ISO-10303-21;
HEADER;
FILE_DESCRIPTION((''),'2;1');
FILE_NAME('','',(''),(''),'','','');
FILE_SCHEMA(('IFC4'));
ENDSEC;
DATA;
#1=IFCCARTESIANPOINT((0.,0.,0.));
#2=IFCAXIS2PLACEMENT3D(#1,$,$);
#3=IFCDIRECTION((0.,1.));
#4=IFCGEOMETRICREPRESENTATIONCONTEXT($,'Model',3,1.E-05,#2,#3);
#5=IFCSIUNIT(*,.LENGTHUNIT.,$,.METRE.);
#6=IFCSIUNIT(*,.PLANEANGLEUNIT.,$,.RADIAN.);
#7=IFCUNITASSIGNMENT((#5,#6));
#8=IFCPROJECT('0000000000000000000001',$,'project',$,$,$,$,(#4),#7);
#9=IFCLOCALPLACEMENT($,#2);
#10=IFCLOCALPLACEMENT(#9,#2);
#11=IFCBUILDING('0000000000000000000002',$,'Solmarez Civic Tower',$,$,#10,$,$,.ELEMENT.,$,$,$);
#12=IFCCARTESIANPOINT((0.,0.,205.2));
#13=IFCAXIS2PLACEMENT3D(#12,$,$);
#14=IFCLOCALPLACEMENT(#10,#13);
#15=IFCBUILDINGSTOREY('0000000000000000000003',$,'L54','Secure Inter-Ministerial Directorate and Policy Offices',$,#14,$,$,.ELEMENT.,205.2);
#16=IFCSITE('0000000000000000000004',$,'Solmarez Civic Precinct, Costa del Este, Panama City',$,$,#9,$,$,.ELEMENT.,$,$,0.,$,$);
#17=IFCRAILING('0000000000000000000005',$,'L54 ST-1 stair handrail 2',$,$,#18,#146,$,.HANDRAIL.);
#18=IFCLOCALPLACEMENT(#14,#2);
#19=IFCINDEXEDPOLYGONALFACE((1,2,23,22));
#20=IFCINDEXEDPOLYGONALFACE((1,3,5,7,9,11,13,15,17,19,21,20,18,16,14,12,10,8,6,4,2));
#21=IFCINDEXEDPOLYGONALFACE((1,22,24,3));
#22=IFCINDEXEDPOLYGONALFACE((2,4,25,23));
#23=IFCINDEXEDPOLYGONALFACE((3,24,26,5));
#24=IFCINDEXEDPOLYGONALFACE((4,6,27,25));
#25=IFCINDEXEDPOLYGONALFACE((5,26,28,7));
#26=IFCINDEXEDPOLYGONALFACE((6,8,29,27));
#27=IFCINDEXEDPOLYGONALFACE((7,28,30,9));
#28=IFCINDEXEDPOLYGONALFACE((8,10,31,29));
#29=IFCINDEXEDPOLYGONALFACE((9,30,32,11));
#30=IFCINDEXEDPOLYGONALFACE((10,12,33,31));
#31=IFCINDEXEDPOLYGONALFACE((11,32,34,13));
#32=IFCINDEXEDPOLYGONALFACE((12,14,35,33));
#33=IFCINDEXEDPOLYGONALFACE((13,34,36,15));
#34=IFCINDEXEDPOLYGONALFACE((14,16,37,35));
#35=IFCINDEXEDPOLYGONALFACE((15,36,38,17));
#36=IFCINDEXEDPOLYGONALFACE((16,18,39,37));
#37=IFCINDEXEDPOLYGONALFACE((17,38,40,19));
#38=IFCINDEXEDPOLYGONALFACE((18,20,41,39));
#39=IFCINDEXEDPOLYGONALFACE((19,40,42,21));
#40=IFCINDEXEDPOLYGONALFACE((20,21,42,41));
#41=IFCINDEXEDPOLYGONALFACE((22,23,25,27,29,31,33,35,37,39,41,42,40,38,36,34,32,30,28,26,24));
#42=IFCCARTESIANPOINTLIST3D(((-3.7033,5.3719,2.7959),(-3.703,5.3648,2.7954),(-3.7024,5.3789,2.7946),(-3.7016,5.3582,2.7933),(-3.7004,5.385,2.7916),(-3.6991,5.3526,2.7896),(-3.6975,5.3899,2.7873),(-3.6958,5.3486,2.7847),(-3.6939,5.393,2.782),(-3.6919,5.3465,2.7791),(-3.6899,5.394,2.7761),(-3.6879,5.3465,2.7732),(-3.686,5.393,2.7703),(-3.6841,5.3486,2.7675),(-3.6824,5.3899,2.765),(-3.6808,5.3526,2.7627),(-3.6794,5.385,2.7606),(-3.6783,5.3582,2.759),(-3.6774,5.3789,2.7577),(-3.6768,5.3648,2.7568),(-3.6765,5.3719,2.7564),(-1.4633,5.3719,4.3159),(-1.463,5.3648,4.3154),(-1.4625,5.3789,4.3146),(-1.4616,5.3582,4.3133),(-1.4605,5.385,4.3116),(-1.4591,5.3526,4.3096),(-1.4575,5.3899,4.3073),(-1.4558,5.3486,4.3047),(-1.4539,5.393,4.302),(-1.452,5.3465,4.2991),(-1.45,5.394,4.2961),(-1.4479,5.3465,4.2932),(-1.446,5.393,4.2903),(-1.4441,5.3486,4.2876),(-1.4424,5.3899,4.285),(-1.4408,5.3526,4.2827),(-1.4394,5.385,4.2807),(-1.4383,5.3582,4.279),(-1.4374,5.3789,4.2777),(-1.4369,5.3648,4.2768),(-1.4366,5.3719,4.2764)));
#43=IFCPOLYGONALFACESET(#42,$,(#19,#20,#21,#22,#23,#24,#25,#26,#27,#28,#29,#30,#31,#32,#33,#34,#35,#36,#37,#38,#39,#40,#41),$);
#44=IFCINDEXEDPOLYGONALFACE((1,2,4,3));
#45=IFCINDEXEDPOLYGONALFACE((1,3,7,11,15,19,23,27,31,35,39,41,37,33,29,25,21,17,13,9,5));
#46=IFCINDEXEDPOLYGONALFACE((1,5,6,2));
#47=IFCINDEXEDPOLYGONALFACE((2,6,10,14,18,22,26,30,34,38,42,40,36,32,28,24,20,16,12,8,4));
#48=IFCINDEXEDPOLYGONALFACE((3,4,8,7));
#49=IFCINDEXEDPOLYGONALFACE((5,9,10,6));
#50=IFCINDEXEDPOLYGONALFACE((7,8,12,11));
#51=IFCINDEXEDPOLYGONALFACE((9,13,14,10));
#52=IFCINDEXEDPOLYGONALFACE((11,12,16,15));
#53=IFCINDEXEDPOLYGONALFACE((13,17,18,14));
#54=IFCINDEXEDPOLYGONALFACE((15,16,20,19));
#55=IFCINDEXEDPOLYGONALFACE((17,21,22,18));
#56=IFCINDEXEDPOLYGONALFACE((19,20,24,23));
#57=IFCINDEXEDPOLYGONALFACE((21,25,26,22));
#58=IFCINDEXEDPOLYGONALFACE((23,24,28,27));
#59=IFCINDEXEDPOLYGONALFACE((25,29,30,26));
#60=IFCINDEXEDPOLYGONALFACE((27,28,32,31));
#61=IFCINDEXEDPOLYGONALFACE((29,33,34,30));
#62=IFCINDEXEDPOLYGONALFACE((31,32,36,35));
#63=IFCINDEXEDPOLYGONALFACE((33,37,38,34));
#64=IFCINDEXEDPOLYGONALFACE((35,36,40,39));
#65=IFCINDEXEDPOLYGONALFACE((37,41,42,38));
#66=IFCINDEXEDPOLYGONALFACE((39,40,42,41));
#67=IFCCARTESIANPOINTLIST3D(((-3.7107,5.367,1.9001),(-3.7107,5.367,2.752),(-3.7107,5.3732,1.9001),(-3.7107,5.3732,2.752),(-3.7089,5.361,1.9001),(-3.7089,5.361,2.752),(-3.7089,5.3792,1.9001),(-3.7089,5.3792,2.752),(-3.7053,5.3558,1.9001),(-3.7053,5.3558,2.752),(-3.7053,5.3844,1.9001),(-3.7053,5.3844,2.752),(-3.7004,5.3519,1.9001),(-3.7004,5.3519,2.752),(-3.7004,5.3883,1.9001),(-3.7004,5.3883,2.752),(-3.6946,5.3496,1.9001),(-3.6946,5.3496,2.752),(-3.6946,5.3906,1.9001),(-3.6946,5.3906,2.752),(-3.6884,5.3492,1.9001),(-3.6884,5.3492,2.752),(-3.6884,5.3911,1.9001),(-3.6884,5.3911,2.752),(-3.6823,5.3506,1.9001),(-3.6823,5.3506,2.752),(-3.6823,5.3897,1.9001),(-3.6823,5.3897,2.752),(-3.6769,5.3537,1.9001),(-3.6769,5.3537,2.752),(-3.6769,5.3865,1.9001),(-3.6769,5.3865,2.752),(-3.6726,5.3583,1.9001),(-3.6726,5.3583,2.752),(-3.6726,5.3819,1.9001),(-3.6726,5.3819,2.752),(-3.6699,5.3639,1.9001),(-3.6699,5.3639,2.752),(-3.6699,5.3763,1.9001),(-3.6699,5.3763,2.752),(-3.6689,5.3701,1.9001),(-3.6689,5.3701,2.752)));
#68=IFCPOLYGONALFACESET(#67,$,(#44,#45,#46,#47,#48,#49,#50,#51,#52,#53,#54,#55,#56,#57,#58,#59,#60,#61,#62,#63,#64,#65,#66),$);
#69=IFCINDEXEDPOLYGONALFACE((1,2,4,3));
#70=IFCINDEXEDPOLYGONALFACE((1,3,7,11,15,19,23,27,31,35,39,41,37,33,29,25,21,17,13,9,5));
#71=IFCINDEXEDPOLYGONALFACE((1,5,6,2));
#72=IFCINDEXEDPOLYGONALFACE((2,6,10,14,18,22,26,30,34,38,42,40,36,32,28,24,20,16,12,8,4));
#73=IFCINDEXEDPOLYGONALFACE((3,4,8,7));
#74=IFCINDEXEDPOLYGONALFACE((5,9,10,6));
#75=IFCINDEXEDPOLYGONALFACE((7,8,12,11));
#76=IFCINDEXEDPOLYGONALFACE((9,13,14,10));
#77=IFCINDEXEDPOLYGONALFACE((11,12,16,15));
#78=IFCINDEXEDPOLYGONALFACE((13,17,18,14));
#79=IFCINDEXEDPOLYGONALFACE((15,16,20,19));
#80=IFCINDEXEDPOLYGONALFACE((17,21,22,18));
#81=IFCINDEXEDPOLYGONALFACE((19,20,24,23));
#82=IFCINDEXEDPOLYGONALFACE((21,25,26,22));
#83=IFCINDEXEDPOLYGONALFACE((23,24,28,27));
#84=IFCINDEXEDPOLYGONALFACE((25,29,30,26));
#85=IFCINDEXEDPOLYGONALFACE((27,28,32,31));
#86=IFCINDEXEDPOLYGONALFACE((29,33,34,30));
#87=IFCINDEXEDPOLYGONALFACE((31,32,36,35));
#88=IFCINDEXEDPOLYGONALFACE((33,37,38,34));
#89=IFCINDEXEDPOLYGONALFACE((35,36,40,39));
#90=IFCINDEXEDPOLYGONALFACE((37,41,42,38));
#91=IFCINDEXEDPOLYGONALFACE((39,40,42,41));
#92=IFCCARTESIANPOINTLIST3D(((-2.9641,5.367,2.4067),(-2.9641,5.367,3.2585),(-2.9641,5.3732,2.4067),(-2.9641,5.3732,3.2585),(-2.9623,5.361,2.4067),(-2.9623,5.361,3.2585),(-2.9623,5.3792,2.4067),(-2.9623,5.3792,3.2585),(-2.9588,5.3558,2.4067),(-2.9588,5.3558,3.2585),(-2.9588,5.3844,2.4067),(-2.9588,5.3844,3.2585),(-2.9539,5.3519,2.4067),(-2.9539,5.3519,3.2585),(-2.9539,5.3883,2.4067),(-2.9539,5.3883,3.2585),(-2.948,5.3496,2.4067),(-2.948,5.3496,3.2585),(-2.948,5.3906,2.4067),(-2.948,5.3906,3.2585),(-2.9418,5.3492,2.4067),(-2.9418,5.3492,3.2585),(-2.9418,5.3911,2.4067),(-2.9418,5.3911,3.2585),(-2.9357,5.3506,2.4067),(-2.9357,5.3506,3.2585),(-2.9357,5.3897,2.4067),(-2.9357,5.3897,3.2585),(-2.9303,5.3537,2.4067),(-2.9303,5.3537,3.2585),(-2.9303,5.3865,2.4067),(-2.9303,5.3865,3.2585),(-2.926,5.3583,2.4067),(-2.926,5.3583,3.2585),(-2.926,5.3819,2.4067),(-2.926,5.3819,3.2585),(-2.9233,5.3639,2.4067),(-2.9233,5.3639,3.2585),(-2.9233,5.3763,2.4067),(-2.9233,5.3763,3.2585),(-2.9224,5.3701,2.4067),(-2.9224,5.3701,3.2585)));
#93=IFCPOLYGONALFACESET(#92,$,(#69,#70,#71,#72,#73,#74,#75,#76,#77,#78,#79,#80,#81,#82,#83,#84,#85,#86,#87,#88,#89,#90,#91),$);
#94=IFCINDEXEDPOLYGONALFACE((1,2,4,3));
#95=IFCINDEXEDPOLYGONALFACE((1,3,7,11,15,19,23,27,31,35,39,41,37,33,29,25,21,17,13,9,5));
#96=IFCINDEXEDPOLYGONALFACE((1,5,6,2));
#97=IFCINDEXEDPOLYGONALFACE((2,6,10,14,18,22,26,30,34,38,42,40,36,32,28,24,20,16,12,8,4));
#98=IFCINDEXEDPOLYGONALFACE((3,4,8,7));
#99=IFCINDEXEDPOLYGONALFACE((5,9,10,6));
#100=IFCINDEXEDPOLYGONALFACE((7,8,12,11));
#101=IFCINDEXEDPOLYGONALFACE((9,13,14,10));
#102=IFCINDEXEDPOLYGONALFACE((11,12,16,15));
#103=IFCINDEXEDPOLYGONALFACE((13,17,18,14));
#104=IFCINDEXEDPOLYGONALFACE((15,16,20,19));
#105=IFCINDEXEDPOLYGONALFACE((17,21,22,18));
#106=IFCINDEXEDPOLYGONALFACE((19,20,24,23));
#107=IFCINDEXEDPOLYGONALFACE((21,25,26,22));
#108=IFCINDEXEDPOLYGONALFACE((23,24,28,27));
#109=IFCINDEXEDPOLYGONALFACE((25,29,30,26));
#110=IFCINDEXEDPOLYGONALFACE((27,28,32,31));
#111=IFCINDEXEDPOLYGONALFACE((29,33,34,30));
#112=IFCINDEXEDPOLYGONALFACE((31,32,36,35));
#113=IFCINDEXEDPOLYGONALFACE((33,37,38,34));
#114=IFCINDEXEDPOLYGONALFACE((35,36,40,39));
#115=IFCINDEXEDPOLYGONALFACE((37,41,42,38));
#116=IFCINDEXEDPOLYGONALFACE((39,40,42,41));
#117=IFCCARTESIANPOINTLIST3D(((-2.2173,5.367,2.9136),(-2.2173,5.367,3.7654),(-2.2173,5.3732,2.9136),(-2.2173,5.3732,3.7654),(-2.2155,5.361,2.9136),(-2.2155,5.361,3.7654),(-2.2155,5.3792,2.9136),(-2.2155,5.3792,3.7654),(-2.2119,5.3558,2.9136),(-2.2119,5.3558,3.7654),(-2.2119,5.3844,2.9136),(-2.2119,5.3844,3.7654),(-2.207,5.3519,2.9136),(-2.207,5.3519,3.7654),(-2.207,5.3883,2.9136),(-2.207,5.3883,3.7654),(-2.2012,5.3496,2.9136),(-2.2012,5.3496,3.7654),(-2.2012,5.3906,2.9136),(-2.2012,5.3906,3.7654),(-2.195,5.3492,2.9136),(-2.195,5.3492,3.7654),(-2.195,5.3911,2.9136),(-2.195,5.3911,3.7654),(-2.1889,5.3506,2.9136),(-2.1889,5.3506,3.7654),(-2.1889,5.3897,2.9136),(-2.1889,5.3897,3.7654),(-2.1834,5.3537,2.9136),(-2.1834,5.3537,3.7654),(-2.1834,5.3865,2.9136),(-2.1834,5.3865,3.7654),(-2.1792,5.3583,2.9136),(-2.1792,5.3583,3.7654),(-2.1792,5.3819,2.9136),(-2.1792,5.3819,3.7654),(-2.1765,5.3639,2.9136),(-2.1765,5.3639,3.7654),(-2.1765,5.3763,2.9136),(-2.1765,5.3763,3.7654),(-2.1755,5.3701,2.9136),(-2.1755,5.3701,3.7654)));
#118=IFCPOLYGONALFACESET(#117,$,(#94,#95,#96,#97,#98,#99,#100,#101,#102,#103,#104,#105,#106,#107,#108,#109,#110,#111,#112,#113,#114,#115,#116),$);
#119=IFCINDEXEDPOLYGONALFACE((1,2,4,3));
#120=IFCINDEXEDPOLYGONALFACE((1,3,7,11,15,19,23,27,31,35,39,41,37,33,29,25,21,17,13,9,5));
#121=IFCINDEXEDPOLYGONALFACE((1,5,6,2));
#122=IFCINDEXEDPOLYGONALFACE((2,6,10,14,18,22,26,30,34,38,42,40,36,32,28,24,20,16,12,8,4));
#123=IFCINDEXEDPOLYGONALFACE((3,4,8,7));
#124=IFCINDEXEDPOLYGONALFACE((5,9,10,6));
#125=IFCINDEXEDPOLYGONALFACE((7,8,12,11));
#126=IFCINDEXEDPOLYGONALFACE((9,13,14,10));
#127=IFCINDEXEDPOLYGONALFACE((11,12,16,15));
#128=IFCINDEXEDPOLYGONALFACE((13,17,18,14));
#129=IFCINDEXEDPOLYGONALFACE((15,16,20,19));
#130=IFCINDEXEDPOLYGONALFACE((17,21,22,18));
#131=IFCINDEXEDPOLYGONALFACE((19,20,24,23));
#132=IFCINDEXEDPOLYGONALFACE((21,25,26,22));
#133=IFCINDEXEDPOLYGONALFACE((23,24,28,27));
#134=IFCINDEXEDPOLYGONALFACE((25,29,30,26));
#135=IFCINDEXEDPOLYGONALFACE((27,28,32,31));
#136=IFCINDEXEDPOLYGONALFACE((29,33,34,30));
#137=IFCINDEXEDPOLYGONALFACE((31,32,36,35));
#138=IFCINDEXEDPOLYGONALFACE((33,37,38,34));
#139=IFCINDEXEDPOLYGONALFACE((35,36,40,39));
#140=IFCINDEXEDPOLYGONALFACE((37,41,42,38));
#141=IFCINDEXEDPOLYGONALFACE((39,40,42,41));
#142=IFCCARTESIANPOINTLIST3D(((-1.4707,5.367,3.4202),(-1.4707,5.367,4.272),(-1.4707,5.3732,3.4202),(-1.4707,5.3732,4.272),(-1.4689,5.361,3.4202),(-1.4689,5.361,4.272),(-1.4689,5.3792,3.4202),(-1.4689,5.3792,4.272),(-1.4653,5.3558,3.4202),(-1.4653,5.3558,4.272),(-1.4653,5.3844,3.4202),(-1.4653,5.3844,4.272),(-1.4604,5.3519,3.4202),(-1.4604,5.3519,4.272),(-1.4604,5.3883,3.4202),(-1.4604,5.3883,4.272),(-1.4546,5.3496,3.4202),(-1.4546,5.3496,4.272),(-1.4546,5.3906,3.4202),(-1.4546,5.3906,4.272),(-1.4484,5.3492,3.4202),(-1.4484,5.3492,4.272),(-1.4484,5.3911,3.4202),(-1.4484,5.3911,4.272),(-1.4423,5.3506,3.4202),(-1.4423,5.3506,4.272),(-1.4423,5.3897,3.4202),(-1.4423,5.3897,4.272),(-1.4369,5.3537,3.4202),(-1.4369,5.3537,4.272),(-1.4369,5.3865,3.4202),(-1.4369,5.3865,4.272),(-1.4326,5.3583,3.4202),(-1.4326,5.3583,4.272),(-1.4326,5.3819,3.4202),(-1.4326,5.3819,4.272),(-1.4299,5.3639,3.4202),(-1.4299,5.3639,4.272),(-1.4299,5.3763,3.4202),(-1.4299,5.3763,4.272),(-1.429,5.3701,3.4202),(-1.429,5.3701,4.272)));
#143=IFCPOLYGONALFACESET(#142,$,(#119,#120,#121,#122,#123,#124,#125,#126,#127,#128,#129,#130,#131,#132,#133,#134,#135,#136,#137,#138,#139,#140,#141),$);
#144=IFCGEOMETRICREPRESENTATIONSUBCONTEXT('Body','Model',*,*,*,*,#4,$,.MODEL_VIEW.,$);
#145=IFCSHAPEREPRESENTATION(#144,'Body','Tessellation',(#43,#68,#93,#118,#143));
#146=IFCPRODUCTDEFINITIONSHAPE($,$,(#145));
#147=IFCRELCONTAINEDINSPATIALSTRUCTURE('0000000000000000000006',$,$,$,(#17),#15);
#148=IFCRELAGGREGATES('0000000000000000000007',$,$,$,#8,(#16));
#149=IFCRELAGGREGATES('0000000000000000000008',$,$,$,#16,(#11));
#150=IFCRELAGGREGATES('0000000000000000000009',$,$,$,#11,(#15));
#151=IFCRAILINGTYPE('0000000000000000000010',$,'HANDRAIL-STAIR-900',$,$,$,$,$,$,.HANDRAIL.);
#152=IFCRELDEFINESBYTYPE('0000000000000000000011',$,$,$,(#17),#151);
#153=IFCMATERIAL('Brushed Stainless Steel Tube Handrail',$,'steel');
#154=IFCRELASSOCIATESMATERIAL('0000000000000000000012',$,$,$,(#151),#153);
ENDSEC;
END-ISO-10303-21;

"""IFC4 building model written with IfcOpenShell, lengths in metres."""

from ifc_helpers import new_model, si_unit, direction, frame, origin, origin_2d, place, context, subcontext, project, spatial, circle, extrude, material, type_object, element, save


model = new_model("IFC4")

# Units and contexts
model_context = context("Model", 3, precision=1e-05, world=origin(), true_north=direction((0.0, 1.0)))
body_context = subcontext(model_context, "Body", "Model", "MODEL_VIEW")
ifc_project = project(units=[si_unit("LENGTHUNIT", "METRE"), si_unit("PLANEANGLEUNIT", "RADIAN")], contexts=[model_context])

# Site, building, storey
site_placement = place(None, origin())
site = spatial("IfcSite", under=ifc_project, at=site_placement, Name="Solmarez Civic Precinct, Costa del Este, Panama City", CompositionType="ELEMENT", RefElevation=0.0)
building_placement = place(site_placement, origin())
building = spatial("IfcBuilding", under=site, at=building_placement, Name="Solmarez Civic Tower", CompositionType="ELEMENT")
storey_placement = place(building_placement, frame((0.0, 0.0, 205.2)))
storey = spatial("IfcBuildingStorey", under=building, at=storey_placement, Name="L54", Description="Secure Inter-Ministerial Directorate and Policy Offices", CompositionType="ELEMENT", Elevation=205.2)

# Railing
ifc_material_1 = material(Name="Brushed Stainless Steel Tube Handrail", Category="steel")
railing_type_1 = type_object("IfcRailingType", Name="HANDRAIL-STAIR-900", PredefinedType="HANDRAIL", material=ifc_material_1)
railing_1_placement = place(storey_placement, frame((-3.6899, 5.3701, 1.9001)))
element("IfcRailing", 1, at=railing_1_placement, inside=storey, type_object=railing_type_1, Name="L54 ST-1 stair handrail 2", PredefinedType="HANDRAIL", context=body_context, shape_type="SweptSolid", body=[
    extrude(circle(Radius=0.0239, at=origin_2d()), frame((0.0, 0.0, 0.876), z_axis=(0.827471, 0.0, 0.561508), x_axis=(0.0, 1.0, 0.0)), (0.0, 0.0, 1.0), 2.707),
    extrude(circle(Radius=0.021, at=origin_2d()), origin(), (0.0, 0.0, 1.0), 0.8518),
    extrude(circle(Radius=0.021, at=origin_2d()), frame((0.7466, 0.0, 0.5066)), (0.0, 0.0, 1.0), 0.8518),
    extrude(circle(Radius=0.021, at=origin_2d()), frame((1.4934, 0.0, 1.0134)), (0.0, 0.0, 1.0), 0.8518),
    extrude(circle(Radius=0.021, at=origin_2d()), frame((2.24, 0.0, 1.52)), (0.0, 0.0, 1.0), 0.8518),
])

save(model, "model.ifc")
